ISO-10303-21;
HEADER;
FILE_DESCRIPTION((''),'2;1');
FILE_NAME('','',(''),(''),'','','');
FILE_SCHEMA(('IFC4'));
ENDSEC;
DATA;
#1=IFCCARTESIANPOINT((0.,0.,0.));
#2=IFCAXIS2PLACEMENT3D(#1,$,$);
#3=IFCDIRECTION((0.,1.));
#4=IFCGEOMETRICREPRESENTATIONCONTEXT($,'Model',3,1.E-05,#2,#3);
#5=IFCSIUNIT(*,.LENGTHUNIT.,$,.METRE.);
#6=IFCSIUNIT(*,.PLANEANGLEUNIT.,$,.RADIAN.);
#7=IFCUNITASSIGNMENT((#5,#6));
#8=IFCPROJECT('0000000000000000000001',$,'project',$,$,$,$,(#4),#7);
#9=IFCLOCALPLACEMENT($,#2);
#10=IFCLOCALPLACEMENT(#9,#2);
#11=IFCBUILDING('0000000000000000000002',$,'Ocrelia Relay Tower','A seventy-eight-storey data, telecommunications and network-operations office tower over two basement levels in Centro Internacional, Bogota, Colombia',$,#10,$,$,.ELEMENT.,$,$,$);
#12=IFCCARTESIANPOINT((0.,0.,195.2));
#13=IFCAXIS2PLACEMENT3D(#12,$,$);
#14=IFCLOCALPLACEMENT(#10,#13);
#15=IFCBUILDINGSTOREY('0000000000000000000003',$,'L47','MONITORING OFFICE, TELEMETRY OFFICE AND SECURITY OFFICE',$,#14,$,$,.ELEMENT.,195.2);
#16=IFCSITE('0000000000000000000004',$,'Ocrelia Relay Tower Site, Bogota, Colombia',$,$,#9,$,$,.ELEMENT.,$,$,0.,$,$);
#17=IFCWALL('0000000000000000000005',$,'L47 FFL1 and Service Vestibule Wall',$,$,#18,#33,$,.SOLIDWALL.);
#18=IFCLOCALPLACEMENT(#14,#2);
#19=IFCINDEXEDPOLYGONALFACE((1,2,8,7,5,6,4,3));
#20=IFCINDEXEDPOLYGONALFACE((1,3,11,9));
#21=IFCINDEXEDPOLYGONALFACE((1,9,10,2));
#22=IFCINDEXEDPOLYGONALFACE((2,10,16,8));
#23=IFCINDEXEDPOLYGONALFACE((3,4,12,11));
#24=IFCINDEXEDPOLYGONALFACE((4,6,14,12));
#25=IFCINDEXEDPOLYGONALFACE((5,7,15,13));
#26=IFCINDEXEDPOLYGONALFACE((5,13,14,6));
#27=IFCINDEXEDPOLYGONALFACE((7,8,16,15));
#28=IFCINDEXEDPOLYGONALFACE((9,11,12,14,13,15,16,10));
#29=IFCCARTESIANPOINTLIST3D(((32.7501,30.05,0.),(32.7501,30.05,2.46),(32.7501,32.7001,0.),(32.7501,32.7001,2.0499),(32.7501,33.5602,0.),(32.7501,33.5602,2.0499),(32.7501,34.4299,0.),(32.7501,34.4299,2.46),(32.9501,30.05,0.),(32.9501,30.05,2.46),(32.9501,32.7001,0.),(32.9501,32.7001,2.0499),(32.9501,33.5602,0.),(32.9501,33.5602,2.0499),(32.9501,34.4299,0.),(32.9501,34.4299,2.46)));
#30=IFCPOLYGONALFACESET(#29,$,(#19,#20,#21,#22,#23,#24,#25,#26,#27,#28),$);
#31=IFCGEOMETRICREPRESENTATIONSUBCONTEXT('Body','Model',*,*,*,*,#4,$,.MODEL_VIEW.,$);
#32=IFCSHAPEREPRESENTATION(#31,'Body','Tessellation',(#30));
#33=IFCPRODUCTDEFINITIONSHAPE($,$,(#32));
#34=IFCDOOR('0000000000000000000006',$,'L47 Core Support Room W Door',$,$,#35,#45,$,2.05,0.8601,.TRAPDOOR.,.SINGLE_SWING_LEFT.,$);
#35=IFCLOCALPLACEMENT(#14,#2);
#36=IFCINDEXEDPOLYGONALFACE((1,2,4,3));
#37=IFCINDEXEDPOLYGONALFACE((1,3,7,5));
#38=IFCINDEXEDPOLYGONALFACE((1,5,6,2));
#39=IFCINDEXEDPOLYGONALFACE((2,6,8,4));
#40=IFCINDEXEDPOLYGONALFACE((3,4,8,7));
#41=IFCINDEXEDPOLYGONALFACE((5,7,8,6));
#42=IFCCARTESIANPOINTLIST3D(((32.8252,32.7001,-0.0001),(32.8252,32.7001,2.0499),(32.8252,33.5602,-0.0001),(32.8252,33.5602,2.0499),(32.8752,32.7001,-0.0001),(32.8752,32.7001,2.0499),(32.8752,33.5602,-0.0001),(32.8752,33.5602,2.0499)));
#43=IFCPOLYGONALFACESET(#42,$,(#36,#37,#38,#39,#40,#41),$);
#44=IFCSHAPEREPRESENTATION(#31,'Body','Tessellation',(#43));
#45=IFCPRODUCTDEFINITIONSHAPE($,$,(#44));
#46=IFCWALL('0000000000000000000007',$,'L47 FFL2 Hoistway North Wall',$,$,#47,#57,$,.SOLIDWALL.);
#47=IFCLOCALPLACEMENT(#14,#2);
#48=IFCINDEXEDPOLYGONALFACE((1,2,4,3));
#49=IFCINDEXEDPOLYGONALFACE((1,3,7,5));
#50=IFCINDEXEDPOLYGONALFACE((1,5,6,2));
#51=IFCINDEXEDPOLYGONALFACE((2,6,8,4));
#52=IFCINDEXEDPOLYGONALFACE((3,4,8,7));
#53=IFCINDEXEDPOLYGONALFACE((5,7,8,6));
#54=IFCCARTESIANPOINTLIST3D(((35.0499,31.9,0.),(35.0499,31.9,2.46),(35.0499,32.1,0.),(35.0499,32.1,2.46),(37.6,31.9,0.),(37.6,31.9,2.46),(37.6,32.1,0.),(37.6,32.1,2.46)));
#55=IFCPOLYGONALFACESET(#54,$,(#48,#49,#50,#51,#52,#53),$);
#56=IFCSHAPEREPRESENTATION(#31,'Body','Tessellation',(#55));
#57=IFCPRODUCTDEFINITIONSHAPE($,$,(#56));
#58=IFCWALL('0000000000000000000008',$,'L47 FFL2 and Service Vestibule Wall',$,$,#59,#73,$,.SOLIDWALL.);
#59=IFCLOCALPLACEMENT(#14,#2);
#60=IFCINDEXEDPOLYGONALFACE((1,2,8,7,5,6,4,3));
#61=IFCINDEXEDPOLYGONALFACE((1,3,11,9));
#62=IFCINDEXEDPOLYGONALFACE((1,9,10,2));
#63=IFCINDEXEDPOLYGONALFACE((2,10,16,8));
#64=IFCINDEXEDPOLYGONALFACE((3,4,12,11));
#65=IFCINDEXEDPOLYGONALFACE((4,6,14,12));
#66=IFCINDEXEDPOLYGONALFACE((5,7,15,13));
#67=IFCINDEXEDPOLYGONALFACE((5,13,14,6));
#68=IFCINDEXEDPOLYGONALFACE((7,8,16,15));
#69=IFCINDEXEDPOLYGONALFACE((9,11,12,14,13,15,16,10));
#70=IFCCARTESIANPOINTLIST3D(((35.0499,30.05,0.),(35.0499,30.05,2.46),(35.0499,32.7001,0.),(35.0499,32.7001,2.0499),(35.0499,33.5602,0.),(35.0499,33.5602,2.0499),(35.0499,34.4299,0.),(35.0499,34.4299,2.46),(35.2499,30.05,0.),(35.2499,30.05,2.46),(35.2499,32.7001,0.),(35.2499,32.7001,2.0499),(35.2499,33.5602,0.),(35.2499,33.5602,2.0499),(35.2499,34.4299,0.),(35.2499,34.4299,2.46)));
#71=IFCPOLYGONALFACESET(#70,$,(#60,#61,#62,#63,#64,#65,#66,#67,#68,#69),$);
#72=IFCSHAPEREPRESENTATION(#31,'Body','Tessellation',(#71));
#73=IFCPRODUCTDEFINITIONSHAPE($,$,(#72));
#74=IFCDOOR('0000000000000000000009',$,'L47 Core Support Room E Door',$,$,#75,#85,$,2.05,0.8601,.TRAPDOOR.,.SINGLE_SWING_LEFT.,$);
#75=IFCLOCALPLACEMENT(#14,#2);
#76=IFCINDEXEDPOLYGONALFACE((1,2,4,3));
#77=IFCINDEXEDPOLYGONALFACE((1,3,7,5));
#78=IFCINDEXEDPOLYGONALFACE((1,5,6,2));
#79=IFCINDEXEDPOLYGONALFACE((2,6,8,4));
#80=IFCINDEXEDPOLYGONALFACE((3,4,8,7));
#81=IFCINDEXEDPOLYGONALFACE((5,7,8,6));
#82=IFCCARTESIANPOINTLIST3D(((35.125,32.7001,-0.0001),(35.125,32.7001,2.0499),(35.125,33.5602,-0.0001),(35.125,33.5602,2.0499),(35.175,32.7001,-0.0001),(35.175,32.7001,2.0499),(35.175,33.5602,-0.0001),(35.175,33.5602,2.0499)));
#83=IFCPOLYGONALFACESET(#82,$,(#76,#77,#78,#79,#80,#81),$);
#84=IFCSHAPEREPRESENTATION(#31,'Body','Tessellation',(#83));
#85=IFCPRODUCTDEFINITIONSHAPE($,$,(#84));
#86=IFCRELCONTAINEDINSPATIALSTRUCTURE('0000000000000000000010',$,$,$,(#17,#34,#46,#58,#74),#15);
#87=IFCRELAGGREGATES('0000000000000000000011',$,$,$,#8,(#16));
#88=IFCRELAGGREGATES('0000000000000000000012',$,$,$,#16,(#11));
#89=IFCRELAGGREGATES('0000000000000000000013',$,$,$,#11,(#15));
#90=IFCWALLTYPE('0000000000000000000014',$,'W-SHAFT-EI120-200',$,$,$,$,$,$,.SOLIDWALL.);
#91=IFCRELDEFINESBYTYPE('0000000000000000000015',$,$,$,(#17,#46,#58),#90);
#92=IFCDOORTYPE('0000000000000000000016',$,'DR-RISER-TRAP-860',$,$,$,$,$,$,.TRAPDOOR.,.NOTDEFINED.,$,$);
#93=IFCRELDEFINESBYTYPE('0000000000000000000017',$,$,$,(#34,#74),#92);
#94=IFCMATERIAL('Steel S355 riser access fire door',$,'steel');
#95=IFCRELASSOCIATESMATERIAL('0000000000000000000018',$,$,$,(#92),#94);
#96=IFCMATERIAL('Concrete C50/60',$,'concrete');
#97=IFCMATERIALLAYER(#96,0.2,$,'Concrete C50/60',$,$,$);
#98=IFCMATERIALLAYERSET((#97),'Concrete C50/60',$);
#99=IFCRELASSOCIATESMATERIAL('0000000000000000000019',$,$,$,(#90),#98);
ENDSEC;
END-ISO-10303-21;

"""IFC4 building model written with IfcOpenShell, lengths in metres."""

from ifc_helpers import new_model, si_unit, direction, frame, frame_2d, origin, place, context, subcontext, project, spatial, rectangle, extrude, material, layer, layer_set, type_object, element, fill, save


model = new_model("IFC4")

# Units and contexts
model_context = context("Model", 3, precision=1e-05, world=origin(), true_north=direction((0.0, 1.0)))
body_context = subcontext(model_context, "Body", "Model", "MODEL_VIEW")
ifc_project = project(units=[si_unit("LENGTHUNIT", "METRE"), si_unit("PLANEANGLEUNIT", "RADIAN")], contexts=[model_context])

# Site, building, storey
site_placement = place(None, origin())
site = spatial("IfcSite", under=ifc_project, at=site_placement, Name="Ocrelia Relay Tower Site, Bogota, Colombia", CompositionType="ELEMENT", RefElevation=0.0)
building_placement = place(site_placement, origin())
building = spatial("IfcBuilding", under=site, at=building_placement, Name="Ocrelia Relay Tower", Description="A seventy-eight-storey data, telecommunications and network-operations office tower over two basement levels in Centro Internacional, Bogota, Colombia", CompositionType="ELEMENT")
storey_placement = place(building_placement, frame((0.0, 0.0, 195.2)))
storey = spatial("IfcBuildingStorey", under=building, at=storey_placement, Name="L47", Description="MONITORING OFFICE, TELEMETRY OFFICE AND SECURITY OFFICE", CompositionType="ELEMENT", Elevation=195.2)

# Shared definitions
ifc_material_1 = material(Name="Concrete C50/60", Category="concrete")

# Wall, opening, door
ifc_material_2 = material(Name="Steel S355 riser access fire door", Category="steel")
door_type_1 = type_object("IfcDoorType", Name="DR-RISER-TRAP-860", OperationType="NOTDEFINED", PredefinedType="TRAPDOOR", material=ifc_material_2)
ifc_layer_1 = layer(ifc_material_1, 0.2, Name="Concrete C50/60")
ifc_layer_set_1 = layer_set([ifc_layer_1], Name="Concrete C50/60")
wall_type_1 = type_object("IfcWallType", Name="W-SHAFT-EI120-200", PredefinedType="SOLIDWALL", material=ifc_layer_set_1)
wall_1_placement = place(storey_placement, frame((32.8501, 30.05, 0.0), z_axis=(0.0, 0.0, 1.0), x_axis=(0.0, 1.0, 0.0)))
wall_1 = element("IfcWall", 1, at=wall_1_placement, inside=storey, type_object=wall_type_1, Name="L47 FFL1 and Service Vestibule Wall", PredefinedType="SOLIDWALL", context=body_context, shape_type="SweptSolid", body=[
    extrude(rectangle(XDim=4.3799, YDim=0.2, at=frame_2d((2.1899, 0.0))), origin(), (0.0, 0.0, 1.0), 2.46),
])
opening_1_placement = place(wall_1_placement, frame((2.6499, 0.0, 0.0)))
opening_1 = element("IfcOpeningElement", 2, at=opening_1_placement, cuts=wall_1, PredefinedType="OPENING", context=body_context, shape_type="SweptSolid", body=[
    extrude(rectangle(XDim=0.8601, YDim=2.05, at=frame_2d((0.4302, 1.0249))), frame((0.0, 0.1099, 0.0), z_axis=(0.0, -1.0, 0.0), x_axis=(1.0, 0.0, 0.0)), (0.0, 0.0, 1.0), 0.22),
])
door_1_placement = place(opening_1_placement, origin())
door_1 = element("IfcDoor", 3, at=door_1_placement, inside=storey, type_object=door_type_1, Name="L47 Core Support Room W Door", OperationType="SINGLE_SWING_LEFT", OverallHeight=2.05, OverallWidth=0.8601, PredefinedType="TRAPDOOR", context=body_context, shape_type="SweptSolid", body=[
    extrude(rectangle(XDim=0.8601, YDim=2.05, at=frame_2d((0.4302, 1.0249))), frame((0.0, 0.0249, 0.0), z_axis=(0.0, -1.0, 0.0), x_axis=(1.0, 0.0, 0.0)), (0.0, 0.0, 1.0), 0.05),
])
fill(opening_1, door_1)

# Wall
wall_2_placement = place(storey_placement, frame((35.05, 32.0, 0.0), z_axis=(0.0, 0.0, 1.0), x_axis=(1.0, 0.0, 0.0)))
element("IfcWall", 4, at=wall_2_placement, inside=storey, type_object=wall_type_1, Name="L47 FFL2 Hoistway North Wall", PredefinedType="SOLIDWALL", context=body_context, shape_type="SweptSolid", body=[
    extrude(rectangle(XDim=2.55, YDim=0.2, at=frame_2d((1.2749, 0.0))), origin(), (0.0, 0.0, 1.0), 2.46),
])

# Wall, opening, door
wall_3_placement = place(storey_placement, frame((35.1499, 30.05, 0.0), z_axis=(0.0, 0.0, 1.0), x_axis=(0.0, 1.0, 0.0)))
wall_3 = element("IfcWall", 5, at=wall_3_placement, inside=storey, type_object=wall_type_1, Name="L47 FFL2 and Service Vestibule Wall", PredefinedType="SOLIDWALL", context=body_context, shape_type="SweptSolid", body=[
    extrude(rectangle(XDim=4.3799, YDim=0.2, at=frame_2d((2.1899, 0.0))), origin(), (0.0, 0.0, 1.0), 2.46),
])
opening_2_placement = place(wall_3_placement, frame((2.6499, 0.0, 0.0)))
opening_2 = element("IfcOpeningElement", 6, at=opening_2_placement, cuts=wall_3, PredefinedType="OPENING", context=body_context, shape_type="SweptSolid", body=[
    extrude(rectangle(XDim=0.8601, YDim=2.05, at=frame_2d((0.4302, 1.0249))), frame((0.0, 0.1099, 0.0), z_axis=(0.0, -1.0, 0.0), x_axis=(1.0, 0.0, 0.0)), (0.0, 0.0, 1.0), 0.22),
])
door_2_placement = place(opening_2_placement, origin())
door_2 = element("IfcDoor", 7, at=door_2_placement, inside=storey, type_object=door_type_1, Name="L47 Core Support Room E Door", OperationType="SINGLE_SWING_LEFT", OverallHeight=2.05, OverallWidth=0.8601, PredefinedType="TRAPDOOR", context=body_context, shape_type="SweptSolid", body=[
    extrude(rectangle(XDim=0.8601, YDim=2.05, at=frame_2d((0.4302, 1.0249))), frame((0.0, 0.0249, 0.0), z_axis=(0.0, -1.0, 0.0), x_axis=(1.0, 0.0, 0.0)), (0.0, 0.0, 1.0), 0.05),
])
fill(opening_2, door_2)

save(model, "model.ifc")
